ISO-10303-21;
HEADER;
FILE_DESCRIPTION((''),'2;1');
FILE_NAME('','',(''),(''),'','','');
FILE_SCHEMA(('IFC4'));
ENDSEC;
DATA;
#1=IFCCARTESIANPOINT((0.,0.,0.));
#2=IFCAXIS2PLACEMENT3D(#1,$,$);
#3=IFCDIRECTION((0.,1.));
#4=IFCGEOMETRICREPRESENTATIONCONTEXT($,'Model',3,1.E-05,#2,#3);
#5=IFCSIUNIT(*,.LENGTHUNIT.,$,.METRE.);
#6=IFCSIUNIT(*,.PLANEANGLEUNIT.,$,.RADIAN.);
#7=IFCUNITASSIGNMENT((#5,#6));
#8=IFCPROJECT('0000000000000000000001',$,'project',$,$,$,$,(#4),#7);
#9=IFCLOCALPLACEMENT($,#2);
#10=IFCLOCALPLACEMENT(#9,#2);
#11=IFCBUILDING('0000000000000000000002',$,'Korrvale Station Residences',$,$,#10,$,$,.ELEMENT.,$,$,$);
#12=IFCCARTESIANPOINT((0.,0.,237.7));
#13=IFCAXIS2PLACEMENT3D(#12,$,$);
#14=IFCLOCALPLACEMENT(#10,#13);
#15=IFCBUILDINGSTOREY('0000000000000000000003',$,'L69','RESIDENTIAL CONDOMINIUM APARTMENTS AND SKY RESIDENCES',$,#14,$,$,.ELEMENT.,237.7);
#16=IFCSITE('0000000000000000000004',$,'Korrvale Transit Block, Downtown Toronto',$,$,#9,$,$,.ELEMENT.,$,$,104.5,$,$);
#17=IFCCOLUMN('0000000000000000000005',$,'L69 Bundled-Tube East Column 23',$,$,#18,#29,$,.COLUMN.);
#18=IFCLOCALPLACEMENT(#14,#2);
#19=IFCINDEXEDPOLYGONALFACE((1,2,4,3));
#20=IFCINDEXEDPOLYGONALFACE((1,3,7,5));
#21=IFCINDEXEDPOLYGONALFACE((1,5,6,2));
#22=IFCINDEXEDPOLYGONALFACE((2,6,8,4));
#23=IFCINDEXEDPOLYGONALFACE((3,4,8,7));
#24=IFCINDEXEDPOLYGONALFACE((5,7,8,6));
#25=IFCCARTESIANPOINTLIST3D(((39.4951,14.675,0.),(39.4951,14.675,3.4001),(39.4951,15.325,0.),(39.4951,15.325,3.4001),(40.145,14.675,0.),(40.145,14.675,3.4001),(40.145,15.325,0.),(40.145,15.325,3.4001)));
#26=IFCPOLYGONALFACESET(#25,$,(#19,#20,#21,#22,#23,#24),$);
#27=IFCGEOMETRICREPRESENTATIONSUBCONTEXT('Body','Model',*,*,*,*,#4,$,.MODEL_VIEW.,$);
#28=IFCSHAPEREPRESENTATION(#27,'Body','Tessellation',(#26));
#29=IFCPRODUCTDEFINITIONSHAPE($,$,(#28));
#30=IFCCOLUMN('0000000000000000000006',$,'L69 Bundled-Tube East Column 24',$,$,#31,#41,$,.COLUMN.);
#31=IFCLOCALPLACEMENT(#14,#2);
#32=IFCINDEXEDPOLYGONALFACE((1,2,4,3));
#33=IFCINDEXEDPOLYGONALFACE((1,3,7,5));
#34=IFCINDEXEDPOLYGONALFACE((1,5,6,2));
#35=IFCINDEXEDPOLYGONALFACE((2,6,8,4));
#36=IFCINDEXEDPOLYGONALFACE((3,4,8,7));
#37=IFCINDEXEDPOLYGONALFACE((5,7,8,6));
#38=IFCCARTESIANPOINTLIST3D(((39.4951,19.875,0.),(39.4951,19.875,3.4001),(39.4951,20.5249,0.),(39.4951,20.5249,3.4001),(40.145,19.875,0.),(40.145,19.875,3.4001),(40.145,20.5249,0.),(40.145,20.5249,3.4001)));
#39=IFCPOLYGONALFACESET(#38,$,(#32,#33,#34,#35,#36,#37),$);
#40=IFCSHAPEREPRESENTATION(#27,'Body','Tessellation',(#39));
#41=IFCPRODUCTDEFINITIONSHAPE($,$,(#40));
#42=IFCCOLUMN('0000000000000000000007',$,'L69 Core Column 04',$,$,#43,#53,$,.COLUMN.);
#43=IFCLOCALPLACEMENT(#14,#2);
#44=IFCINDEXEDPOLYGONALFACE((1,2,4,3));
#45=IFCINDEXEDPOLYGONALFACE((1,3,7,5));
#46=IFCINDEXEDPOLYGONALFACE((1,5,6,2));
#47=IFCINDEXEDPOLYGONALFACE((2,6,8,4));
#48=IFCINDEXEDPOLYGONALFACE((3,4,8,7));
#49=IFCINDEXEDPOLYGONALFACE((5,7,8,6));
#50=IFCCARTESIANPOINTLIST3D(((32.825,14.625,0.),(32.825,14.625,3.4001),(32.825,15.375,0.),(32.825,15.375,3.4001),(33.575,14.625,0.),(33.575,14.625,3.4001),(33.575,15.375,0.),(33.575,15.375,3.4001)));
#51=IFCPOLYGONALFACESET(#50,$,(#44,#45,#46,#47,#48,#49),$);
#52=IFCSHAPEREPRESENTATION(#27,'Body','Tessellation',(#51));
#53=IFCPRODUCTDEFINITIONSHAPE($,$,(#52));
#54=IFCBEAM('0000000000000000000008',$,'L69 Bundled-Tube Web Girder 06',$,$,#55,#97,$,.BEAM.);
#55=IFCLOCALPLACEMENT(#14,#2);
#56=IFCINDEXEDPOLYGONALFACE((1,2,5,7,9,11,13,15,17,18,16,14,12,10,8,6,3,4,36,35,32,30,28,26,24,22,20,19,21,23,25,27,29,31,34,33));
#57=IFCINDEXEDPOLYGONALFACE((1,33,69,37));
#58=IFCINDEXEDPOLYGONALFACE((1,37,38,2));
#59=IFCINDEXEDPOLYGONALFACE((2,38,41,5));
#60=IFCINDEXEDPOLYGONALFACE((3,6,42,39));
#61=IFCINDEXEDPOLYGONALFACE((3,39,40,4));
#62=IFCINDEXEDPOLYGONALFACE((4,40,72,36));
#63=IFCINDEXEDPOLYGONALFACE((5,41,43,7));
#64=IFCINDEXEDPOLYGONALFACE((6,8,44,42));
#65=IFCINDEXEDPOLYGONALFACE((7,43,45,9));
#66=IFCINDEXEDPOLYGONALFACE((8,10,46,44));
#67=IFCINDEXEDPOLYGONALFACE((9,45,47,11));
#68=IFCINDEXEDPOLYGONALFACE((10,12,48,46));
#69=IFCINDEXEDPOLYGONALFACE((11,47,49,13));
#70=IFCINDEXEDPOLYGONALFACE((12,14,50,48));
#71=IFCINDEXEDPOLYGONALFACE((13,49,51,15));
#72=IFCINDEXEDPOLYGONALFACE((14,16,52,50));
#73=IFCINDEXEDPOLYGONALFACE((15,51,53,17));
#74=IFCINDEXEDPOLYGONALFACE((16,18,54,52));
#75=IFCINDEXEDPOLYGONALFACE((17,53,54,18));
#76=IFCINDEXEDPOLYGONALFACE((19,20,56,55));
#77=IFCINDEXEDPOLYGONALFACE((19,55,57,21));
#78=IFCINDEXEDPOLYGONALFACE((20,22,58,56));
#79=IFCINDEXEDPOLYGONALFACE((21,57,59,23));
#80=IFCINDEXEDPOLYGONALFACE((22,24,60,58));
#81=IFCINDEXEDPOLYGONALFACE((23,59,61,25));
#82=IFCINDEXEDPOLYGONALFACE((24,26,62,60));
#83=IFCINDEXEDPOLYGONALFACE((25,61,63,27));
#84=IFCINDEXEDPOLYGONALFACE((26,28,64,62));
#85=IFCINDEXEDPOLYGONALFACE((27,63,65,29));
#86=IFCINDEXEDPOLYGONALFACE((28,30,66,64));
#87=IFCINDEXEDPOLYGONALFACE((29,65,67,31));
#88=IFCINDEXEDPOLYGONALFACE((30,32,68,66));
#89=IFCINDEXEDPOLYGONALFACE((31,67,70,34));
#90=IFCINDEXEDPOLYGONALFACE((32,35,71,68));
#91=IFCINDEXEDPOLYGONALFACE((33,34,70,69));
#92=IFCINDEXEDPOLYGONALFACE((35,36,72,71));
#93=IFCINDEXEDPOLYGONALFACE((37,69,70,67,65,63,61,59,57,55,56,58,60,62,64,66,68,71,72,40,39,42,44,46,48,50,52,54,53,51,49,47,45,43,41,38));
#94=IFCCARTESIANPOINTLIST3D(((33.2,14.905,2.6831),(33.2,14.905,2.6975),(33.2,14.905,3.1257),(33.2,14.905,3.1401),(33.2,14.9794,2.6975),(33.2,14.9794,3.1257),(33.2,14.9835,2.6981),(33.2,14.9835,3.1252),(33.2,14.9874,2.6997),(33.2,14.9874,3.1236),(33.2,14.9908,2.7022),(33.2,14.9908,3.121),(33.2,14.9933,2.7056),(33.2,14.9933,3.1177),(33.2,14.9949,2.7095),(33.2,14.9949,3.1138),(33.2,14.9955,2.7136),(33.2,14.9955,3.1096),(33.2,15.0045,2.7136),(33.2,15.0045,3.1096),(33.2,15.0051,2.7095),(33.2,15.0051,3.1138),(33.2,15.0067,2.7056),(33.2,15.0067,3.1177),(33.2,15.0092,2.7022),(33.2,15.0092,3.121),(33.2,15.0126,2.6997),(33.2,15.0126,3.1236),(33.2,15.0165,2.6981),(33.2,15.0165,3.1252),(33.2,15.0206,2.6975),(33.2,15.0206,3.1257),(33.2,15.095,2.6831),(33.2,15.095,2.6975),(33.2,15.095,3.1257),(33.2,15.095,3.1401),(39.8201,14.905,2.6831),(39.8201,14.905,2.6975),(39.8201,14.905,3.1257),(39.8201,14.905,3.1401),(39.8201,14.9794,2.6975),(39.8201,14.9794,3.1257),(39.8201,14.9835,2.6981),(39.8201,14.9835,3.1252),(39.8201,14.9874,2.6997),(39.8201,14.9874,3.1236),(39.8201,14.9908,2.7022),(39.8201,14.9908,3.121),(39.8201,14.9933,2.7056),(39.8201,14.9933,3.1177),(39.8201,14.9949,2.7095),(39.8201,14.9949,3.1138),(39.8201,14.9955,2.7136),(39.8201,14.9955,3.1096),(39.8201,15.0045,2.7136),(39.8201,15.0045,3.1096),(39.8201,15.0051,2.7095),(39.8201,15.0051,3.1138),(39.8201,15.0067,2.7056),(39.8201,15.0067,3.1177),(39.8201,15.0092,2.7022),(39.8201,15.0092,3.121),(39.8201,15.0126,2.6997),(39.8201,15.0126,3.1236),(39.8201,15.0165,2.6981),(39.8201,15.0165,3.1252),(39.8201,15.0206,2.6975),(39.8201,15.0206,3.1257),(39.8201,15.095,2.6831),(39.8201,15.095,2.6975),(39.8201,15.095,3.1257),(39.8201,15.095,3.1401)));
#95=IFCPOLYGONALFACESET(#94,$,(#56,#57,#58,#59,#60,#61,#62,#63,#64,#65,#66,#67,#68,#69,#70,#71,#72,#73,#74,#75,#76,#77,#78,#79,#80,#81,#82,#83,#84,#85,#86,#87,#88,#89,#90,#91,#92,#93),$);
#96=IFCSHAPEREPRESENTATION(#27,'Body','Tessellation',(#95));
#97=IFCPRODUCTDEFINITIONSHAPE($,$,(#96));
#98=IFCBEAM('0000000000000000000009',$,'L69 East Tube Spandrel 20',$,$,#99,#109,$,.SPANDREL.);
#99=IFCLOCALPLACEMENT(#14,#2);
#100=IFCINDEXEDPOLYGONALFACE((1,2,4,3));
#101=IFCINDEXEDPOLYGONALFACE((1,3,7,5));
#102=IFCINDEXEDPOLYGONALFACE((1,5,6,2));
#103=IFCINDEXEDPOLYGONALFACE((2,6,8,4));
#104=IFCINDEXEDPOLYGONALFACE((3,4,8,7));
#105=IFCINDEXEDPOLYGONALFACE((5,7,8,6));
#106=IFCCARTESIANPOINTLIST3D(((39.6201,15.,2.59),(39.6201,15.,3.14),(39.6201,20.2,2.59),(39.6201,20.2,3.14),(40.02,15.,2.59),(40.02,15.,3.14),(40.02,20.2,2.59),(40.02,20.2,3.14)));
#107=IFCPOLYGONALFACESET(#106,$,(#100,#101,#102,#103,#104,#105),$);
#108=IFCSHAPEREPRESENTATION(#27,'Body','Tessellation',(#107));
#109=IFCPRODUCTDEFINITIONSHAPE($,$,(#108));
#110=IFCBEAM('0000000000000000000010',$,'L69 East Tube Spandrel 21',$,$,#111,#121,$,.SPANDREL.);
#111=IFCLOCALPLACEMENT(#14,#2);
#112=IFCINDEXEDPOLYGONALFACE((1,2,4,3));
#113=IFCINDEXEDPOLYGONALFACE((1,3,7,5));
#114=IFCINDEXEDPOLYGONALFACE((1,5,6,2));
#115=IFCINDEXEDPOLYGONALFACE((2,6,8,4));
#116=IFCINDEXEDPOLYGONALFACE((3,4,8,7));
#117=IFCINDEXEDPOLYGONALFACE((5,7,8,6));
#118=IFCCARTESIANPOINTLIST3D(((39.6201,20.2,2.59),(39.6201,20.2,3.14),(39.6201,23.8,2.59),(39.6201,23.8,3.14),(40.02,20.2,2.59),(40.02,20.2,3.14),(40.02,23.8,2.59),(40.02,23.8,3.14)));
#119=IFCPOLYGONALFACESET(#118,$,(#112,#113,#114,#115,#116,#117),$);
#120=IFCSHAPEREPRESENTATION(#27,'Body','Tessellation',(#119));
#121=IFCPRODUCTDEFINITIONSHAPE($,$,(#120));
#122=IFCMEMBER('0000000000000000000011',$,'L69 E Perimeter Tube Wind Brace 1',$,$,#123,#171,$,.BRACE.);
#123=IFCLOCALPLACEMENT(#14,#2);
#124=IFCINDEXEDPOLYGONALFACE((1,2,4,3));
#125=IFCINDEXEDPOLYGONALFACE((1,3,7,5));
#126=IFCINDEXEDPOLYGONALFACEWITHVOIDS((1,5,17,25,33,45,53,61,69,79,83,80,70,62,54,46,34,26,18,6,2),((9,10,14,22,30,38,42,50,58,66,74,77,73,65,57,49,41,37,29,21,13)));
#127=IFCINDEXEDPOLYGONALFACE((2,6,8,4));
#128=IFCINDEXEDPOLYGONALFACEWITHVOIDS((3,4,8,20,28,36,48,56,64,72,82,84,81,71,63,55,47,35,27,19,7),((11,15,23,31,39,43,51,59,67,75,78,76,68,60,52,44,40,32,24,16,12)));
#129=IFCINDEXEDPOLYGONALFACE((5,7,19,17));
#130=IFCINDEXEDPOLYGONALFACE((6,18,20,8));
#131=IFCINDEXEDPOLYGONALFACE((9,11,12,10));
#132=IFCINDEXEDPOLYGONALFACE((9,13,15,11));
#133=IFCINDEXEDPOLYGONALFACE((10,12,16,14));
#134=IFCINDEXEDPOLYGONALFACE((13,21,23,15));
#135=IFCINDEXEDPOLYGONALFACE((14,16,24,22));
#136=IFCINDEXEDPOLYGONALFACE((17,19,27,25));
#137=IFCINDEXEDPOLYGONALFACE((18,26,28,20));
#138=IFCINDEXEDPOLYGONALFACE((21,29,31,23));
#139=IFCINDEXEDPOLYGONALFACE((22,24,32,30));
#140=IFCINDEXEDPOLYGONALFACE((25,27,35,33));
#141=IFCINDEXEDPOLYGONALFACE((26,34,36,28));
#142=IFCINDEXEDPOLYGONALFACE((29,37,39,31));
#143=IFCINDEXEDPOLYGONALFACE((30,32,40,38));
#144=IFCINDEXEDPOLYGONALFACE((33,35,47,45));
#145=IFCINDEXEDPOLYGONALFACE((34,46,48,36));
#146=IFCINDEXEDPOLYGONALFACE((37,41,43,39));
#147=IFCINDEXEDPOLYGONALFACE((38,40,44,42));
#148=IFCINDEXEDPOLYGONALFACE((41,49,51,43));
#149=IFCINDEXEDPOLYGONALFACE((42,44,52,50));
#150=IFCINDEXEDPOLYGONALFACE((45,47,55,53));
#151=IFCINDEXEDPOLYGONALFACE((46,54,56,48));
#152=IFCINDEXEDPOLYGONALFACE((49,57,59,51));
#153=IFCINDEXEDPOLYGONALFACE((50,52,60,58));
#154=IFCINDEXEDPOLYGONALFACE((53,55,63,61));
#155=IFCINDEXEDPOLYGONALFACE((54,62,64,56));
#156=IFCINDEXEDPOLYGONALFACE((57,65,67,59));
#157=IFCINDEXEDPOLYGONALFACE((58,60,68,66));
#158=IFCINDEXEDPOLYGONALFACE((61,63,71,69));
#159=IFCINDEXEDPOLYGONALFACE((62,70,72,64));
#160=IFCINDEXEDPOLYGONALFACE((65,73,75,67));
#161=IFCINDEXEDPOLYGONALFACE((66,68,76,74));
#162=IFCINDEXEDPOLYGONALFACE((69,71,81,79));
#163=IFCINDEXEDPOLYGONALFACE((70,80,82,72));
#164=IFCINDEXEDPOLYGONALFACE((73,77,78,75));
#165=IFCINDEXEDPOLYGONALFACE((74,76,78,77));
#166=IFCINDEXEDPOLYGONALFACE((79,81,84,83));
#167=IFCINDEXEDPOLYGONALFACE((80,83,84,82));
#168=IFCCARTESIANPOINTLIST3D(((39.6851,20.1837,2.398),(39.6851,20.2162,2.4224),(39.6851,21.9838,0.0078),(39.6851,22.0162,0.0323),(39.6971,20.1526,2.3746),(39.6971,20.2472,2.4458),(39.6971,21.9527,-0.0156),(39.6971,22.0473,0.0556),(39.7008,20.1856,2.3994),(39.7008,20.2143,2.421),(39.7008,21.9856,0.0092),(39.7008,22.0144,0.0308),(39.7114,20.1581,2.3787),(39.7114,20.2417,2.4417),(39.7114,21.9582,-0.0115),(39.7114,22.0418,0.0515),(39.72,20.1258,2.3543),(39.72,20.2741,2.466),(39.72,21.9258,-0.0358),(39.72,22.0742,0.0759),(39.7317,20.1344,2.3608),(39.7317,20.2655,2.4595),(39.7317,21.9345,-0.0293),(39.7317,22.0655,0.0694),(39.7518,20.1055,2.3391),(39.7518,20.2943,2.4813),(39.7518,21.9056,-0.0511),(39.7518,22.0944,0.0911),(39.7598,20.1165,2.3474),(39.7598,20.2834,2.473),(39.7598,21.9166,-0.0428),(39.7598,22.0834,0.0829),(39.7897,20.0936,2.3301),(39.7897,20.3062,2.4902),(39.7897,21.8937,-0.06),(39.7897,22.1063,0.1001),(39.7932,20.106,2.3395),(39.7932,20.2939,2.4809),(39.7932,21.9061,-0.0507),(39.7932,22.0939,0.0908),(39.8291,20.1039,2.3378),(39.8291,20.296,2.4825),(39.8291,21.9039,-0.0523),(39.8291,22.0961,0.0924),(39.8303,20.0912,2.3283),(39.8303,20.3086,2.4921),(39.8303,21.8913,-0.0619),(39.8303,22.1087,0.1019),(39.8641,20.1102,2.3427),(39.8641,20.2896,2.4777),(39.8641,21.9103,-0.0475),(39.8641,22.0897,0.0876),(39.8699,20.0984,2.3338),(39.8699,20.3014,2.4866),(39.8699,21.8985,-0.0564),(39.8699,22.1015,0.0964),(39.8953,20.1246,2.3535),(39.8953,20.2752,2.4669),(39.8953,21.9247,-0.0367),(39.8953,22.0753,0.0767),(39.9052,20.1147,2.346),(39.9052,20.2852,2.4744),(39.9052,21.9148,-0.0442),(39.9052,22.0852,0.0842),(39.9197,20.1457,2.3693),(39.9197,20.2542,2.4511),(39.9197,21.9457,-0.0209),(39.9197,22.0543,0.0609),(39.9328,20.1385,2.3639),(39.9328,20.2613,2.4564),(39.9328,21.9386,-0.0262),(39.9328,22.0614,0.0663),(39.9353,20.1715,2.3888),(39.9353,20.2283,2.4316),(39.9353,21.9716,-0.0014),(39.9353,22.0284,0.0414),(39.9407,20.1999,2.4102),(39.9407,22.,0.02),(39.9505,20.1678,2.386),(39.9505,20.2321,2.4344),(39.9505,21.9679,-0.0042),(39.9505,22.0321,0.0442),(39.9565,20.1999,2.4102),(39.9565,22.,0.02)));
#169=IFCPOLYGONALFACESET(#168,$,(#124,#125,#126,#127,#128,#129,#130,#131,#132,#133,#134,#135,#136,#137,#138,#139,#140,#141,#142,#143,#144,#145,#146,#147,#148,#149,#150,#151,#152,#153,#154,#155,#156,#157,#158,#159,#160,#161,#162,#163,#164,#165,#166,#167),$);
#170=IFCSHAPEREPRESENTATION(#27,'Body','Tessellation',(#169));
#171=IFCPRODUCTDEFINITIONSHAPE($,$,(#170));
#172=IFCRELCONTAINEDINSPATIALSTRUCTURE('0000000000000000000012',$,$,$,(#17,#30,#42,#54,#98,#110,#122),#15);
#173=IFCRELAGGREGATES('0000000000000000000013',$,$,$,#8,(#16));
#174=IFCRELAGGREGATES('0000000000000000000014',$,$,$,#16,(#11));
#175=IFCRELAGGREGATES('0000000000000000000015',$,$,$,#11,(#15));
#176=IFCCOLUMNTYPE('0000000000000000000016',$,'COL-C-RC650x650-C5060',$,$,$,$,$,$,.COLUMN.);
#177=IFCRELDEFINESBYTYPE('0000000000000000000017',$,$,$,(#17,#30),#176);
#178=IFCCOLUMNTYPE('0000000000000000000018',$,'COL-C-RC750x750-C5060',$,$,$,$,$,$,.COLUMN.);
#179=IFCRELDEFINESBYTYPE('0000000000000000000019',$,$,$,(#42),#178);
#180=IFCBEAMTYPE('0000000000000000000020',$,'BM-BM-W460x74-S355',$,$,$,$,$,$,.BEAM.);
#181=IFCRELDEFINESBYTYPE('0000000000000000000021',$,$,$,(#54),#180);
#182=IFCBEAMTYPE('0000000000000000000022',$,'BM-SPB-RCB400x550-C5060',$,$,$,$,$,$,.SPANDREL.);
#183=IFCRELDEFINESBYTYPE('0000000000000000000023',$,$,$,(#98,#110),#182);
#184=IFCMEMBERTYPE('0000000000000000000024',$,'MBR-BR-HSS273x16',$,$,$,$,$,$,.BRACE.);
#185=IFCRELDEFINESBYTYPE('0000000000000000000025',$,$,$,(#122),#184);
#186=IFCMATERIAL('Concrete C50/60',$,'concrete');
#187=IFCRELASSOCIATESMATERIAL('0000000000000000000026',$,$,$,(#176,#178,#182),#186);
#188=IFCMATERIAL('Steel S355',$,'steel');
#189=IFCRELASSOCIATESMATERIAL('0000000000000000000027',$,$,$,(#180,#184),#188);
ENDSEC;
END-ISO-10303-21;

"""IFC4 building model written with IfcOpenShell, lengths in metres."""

from ifc_helpers import new_model, si_unit, direction, frame, origin, origin_2d, place, context, subcontext, project, spatial, rectangle, hollow_circle, i_section, extrude, material, material_profile, profile_set, type_object, element, save


model = new_model("IFC4")

# Units and contexts
model_context = context("Model", 3, precision=1e-05, world=origin(), true_north=direction((0.0, 1.0)))
body_context = subcontext(model_context, "Body", "Model", "MODEL_VIEW")
ifc_project = project(units=[si_unit("LENGTHUNIT", "METRE"), si_unit("PLANEANGLEUNIT", "RADIAN")], contexts=[model_context])

# Site, building, storey
site_placement = place(None, origin())
site = spatial("IfcSite", under=ifc_project, at=site_placement, Name="Korrvale Transit Block, Downtown Toronto", CompositionType="ELEMENT", RefElevation=104.5)
building_placement = place(site_placement, origin())
building = spatial("IfcBuilding", under=site, at=building_placement, Name="Korrvale Station Residences", CompositionType="ELEMENT")
storey_placement = place(building_placement, frame((0.0, 0.0, 237.7)))
storey = spatial("IfcBuildingStorey", under=building, at=storey_placement, Name="L69", Description="RESIDENTIAL CONDOMINIUM APARTMENTS AND SKY RESIDENCES", CompositionType="ELEMENT", Elevation=237.7)

# Columns
ifc_material_1 = material(Name="Concrete C50/60", Category="concrete")
ifc_material_profile_1 = material_profile(ifc_material_1, rectangle(XDim=0.6499, YDim=0.6499, at=origin_2d()), Name="RC650x650")
ifc_profile_set_1 = profile_set([ifc_material_profile_1], Name="Concrete C50/60")
column_type_1 = type_object("IfcColumnType", Name="COL-C-RC650x650-C5060", PredefinedType="COLUMN", material=ifc_profile_set_1)
for number, where, z_axis, x_axis, name in (
    (1, (39.8201, 15.0, 0.0), (0.0, 0.0, 1.0), (1.0, 0.0, 0.0), "L69 Bundled-Tube East Column 23"),
    (2, (39.8201, 20.2, 0.0), (0.0, 0.0, 1.0), (1.0, 0.0, 0.0), "L69 Bundled-Tube East Column 24"),
):
    element("IfcColumn", number, at=place(storey_placement, frame(where, z_axis=z_axis, x_axis=x_axis)), inside=storey, type_object=column_type_1, Name=name, PredefinedType="COLUMN", context=body_context, shape_type="SweptSolid", body=[
        extrude(rectangle(XDim=0.6499, YDim=0.6499, at=origin_2d()), origin(), (0.0, 0.0, 1.0), 3.4001),
    ])
ifc_material_profile_2 = material_profile(ifc_material_1, rectangle(XDim=0.75, YDim=0.75, at=origin_2d()), Name="RC750x750")
ifc_profile_set_2 = profile_set([ifc_material_profile_2], Name="Concrete C50/60")
column_type_2 = type_object("IfcColumnType", Name="COL-C-RC750x750-C5060", PredefinedType="COLUMN", material=ifc_profile_set_2)
column_placement = place(storey_placement, frame((33.2, 15.0, 0.0), z_axis=(0.0, 0.0, 1.0), x_axis=(1.0, 0.0, 0.0)))
element("IfcColumn", 3, at=column_placement, inside=storey, type_object=column_type_2, Name="L69 Core Column 04", PredefinedType="COLUMN", context=body_context, shape_type="SweptSolid", body=[
    extrude(rectangle(XDim=0.75, YDim=0.75, at=origin_2d()), origin(), (0.0, 0.0, 1.0), 3.4001),
])

# Beams
ifc_material_2 = material(Name="Steel S355", Category="steel")
ifc_material_profile_3 = material_profile(ifc_material_2, i_section(OverallWidth=0.1899, OverallDepth=0.457, WebThickness=0.009, FlangeThickness=0.0144, FilletRadius=0.0161, at=origin_2d()), Name="W460x74")
ifc_profile_set_3 = profile_set([ifc_material_profile_3], Name="Steel S355")
beam_type_1 = type_object("IfcBeamType", Name="BM-BM-W460x74-S355", PredefinedType="BEAM", material=ifc_profile_set_3)
beam_1_placement = place(storey_placement, frame((33.2, 15.0, 2.9116), z_axis=(1.0, 0.0, 0.0), x_axis=(0.0, 1.0, 0.0)))
element("IfcBeam", 4, at=beam_1_placement, inside=storey, type_object=beam_type_1, Name="L69 Bundled-Tube Web Girder 06", PredefinedType="BEAM", context=body_context, shape_type="SweptSolid", body=[
    extrude(i_section(OverallWidth=0.1899, OverallDepth=0.457, WebThickness=0.009, FlangeThickness=0.0144, FilletRadius=0.0161, at=origin_2d()), origin(), (0.0, 0.0, 1.0), 6.6201),
])
ifc_material_profile_4 = material_profile(ifc_material_1, rectangle(XDim=0.3999, YDim=0.55, at=origin_2d()), Name="RCB400x550")
ifc_profile_set_4 = profile_set([ifc_material_profile_4], Name="Concrete C50/60")
beam_type_2 = type_object("IfcBeamType", Name="BM-SPB-RCB400x550-C5060", PredefinedType="SPANDREL", material=ifc_profile_set_4)
beam_2_placement = place(storey_placement, frame((39.8201, 15.0, 2.865), z_axis=(0.0, 1.0, 0.0), x_axis=(-1.0, 0.0, 0.0)))
element("IfcBeam", 5, at=beam_2_placement, inside=storey, type_object=beam_type_2, Name="L69 East Tube Spandrel 20", PredefinedType="SPANDREL", context=body_context, shape_type="SweptSolid", body=[
    extrude(rectangle(XDim=0.3999, YDim=0.55, at=origin_2d()), origin(), (0.0, 0.0, 1.0), 5.2),
])
beam_3_placement = place(storey_placement, frame((39.8201, 20.2, 2.865), z_axis=(0.0, 1.0, 0.0), x_axis=(-1.0, 0.0, 0.0)))
element("IfcBeam", 6, at=beam_3_placement, inside=storey, type_object=beam_type_2, Name="L69 East Tube Spandrel 21", PredefinedType="SPANDREL", context=body_context, shape_type="SweptSolid", body=[
    extrude(rectangle(XDim=0.3999, YDim=0.55, at=origin_2d()), origin(), (0.0, 0.0, 1.0), 3.6001),
])

# Member
ifc_material_profile_5 = material_profile(ifc_material_2, hollow_circle(Radius=0.1365, WallThickness=0.0159, at=origin_2d()), Name="HSS273x16")
ifc_profile_set_5 = profile_set([ifc_material_profile_5], Name="Steel S355")
member_type = type_object("IfcMemberType", Name="MBR-BR-HSS273x16", PredefinedType="BRACE", material=ifc_profile_set_5)
for number, where, z_axis, x_axis, name in (
    (7, (39.8201, 22.0, 0.02), (0.0, -0.601592, 0.798804), (1.0, 0.0, 0.0), "L69 E Perimeter Tube Wind Brace 1"),
):
    element("IfcMember", number, at=place(storey_placement, frame(where, z_axis=z_axis, x_axis=x_axis)), inside=storey, type_object=member_type, Name=name, PredefinedType="BRACE", context=body_context, shape_type="SweptSolid", body=[
        extrude(hollow_circle(Radius=0.1365, WallThickness=0.0159, at=origin_2d()), origin(), (0.0, 0.0, 1.0), 2.9922),
    ])

save(model, "model.ifc")
